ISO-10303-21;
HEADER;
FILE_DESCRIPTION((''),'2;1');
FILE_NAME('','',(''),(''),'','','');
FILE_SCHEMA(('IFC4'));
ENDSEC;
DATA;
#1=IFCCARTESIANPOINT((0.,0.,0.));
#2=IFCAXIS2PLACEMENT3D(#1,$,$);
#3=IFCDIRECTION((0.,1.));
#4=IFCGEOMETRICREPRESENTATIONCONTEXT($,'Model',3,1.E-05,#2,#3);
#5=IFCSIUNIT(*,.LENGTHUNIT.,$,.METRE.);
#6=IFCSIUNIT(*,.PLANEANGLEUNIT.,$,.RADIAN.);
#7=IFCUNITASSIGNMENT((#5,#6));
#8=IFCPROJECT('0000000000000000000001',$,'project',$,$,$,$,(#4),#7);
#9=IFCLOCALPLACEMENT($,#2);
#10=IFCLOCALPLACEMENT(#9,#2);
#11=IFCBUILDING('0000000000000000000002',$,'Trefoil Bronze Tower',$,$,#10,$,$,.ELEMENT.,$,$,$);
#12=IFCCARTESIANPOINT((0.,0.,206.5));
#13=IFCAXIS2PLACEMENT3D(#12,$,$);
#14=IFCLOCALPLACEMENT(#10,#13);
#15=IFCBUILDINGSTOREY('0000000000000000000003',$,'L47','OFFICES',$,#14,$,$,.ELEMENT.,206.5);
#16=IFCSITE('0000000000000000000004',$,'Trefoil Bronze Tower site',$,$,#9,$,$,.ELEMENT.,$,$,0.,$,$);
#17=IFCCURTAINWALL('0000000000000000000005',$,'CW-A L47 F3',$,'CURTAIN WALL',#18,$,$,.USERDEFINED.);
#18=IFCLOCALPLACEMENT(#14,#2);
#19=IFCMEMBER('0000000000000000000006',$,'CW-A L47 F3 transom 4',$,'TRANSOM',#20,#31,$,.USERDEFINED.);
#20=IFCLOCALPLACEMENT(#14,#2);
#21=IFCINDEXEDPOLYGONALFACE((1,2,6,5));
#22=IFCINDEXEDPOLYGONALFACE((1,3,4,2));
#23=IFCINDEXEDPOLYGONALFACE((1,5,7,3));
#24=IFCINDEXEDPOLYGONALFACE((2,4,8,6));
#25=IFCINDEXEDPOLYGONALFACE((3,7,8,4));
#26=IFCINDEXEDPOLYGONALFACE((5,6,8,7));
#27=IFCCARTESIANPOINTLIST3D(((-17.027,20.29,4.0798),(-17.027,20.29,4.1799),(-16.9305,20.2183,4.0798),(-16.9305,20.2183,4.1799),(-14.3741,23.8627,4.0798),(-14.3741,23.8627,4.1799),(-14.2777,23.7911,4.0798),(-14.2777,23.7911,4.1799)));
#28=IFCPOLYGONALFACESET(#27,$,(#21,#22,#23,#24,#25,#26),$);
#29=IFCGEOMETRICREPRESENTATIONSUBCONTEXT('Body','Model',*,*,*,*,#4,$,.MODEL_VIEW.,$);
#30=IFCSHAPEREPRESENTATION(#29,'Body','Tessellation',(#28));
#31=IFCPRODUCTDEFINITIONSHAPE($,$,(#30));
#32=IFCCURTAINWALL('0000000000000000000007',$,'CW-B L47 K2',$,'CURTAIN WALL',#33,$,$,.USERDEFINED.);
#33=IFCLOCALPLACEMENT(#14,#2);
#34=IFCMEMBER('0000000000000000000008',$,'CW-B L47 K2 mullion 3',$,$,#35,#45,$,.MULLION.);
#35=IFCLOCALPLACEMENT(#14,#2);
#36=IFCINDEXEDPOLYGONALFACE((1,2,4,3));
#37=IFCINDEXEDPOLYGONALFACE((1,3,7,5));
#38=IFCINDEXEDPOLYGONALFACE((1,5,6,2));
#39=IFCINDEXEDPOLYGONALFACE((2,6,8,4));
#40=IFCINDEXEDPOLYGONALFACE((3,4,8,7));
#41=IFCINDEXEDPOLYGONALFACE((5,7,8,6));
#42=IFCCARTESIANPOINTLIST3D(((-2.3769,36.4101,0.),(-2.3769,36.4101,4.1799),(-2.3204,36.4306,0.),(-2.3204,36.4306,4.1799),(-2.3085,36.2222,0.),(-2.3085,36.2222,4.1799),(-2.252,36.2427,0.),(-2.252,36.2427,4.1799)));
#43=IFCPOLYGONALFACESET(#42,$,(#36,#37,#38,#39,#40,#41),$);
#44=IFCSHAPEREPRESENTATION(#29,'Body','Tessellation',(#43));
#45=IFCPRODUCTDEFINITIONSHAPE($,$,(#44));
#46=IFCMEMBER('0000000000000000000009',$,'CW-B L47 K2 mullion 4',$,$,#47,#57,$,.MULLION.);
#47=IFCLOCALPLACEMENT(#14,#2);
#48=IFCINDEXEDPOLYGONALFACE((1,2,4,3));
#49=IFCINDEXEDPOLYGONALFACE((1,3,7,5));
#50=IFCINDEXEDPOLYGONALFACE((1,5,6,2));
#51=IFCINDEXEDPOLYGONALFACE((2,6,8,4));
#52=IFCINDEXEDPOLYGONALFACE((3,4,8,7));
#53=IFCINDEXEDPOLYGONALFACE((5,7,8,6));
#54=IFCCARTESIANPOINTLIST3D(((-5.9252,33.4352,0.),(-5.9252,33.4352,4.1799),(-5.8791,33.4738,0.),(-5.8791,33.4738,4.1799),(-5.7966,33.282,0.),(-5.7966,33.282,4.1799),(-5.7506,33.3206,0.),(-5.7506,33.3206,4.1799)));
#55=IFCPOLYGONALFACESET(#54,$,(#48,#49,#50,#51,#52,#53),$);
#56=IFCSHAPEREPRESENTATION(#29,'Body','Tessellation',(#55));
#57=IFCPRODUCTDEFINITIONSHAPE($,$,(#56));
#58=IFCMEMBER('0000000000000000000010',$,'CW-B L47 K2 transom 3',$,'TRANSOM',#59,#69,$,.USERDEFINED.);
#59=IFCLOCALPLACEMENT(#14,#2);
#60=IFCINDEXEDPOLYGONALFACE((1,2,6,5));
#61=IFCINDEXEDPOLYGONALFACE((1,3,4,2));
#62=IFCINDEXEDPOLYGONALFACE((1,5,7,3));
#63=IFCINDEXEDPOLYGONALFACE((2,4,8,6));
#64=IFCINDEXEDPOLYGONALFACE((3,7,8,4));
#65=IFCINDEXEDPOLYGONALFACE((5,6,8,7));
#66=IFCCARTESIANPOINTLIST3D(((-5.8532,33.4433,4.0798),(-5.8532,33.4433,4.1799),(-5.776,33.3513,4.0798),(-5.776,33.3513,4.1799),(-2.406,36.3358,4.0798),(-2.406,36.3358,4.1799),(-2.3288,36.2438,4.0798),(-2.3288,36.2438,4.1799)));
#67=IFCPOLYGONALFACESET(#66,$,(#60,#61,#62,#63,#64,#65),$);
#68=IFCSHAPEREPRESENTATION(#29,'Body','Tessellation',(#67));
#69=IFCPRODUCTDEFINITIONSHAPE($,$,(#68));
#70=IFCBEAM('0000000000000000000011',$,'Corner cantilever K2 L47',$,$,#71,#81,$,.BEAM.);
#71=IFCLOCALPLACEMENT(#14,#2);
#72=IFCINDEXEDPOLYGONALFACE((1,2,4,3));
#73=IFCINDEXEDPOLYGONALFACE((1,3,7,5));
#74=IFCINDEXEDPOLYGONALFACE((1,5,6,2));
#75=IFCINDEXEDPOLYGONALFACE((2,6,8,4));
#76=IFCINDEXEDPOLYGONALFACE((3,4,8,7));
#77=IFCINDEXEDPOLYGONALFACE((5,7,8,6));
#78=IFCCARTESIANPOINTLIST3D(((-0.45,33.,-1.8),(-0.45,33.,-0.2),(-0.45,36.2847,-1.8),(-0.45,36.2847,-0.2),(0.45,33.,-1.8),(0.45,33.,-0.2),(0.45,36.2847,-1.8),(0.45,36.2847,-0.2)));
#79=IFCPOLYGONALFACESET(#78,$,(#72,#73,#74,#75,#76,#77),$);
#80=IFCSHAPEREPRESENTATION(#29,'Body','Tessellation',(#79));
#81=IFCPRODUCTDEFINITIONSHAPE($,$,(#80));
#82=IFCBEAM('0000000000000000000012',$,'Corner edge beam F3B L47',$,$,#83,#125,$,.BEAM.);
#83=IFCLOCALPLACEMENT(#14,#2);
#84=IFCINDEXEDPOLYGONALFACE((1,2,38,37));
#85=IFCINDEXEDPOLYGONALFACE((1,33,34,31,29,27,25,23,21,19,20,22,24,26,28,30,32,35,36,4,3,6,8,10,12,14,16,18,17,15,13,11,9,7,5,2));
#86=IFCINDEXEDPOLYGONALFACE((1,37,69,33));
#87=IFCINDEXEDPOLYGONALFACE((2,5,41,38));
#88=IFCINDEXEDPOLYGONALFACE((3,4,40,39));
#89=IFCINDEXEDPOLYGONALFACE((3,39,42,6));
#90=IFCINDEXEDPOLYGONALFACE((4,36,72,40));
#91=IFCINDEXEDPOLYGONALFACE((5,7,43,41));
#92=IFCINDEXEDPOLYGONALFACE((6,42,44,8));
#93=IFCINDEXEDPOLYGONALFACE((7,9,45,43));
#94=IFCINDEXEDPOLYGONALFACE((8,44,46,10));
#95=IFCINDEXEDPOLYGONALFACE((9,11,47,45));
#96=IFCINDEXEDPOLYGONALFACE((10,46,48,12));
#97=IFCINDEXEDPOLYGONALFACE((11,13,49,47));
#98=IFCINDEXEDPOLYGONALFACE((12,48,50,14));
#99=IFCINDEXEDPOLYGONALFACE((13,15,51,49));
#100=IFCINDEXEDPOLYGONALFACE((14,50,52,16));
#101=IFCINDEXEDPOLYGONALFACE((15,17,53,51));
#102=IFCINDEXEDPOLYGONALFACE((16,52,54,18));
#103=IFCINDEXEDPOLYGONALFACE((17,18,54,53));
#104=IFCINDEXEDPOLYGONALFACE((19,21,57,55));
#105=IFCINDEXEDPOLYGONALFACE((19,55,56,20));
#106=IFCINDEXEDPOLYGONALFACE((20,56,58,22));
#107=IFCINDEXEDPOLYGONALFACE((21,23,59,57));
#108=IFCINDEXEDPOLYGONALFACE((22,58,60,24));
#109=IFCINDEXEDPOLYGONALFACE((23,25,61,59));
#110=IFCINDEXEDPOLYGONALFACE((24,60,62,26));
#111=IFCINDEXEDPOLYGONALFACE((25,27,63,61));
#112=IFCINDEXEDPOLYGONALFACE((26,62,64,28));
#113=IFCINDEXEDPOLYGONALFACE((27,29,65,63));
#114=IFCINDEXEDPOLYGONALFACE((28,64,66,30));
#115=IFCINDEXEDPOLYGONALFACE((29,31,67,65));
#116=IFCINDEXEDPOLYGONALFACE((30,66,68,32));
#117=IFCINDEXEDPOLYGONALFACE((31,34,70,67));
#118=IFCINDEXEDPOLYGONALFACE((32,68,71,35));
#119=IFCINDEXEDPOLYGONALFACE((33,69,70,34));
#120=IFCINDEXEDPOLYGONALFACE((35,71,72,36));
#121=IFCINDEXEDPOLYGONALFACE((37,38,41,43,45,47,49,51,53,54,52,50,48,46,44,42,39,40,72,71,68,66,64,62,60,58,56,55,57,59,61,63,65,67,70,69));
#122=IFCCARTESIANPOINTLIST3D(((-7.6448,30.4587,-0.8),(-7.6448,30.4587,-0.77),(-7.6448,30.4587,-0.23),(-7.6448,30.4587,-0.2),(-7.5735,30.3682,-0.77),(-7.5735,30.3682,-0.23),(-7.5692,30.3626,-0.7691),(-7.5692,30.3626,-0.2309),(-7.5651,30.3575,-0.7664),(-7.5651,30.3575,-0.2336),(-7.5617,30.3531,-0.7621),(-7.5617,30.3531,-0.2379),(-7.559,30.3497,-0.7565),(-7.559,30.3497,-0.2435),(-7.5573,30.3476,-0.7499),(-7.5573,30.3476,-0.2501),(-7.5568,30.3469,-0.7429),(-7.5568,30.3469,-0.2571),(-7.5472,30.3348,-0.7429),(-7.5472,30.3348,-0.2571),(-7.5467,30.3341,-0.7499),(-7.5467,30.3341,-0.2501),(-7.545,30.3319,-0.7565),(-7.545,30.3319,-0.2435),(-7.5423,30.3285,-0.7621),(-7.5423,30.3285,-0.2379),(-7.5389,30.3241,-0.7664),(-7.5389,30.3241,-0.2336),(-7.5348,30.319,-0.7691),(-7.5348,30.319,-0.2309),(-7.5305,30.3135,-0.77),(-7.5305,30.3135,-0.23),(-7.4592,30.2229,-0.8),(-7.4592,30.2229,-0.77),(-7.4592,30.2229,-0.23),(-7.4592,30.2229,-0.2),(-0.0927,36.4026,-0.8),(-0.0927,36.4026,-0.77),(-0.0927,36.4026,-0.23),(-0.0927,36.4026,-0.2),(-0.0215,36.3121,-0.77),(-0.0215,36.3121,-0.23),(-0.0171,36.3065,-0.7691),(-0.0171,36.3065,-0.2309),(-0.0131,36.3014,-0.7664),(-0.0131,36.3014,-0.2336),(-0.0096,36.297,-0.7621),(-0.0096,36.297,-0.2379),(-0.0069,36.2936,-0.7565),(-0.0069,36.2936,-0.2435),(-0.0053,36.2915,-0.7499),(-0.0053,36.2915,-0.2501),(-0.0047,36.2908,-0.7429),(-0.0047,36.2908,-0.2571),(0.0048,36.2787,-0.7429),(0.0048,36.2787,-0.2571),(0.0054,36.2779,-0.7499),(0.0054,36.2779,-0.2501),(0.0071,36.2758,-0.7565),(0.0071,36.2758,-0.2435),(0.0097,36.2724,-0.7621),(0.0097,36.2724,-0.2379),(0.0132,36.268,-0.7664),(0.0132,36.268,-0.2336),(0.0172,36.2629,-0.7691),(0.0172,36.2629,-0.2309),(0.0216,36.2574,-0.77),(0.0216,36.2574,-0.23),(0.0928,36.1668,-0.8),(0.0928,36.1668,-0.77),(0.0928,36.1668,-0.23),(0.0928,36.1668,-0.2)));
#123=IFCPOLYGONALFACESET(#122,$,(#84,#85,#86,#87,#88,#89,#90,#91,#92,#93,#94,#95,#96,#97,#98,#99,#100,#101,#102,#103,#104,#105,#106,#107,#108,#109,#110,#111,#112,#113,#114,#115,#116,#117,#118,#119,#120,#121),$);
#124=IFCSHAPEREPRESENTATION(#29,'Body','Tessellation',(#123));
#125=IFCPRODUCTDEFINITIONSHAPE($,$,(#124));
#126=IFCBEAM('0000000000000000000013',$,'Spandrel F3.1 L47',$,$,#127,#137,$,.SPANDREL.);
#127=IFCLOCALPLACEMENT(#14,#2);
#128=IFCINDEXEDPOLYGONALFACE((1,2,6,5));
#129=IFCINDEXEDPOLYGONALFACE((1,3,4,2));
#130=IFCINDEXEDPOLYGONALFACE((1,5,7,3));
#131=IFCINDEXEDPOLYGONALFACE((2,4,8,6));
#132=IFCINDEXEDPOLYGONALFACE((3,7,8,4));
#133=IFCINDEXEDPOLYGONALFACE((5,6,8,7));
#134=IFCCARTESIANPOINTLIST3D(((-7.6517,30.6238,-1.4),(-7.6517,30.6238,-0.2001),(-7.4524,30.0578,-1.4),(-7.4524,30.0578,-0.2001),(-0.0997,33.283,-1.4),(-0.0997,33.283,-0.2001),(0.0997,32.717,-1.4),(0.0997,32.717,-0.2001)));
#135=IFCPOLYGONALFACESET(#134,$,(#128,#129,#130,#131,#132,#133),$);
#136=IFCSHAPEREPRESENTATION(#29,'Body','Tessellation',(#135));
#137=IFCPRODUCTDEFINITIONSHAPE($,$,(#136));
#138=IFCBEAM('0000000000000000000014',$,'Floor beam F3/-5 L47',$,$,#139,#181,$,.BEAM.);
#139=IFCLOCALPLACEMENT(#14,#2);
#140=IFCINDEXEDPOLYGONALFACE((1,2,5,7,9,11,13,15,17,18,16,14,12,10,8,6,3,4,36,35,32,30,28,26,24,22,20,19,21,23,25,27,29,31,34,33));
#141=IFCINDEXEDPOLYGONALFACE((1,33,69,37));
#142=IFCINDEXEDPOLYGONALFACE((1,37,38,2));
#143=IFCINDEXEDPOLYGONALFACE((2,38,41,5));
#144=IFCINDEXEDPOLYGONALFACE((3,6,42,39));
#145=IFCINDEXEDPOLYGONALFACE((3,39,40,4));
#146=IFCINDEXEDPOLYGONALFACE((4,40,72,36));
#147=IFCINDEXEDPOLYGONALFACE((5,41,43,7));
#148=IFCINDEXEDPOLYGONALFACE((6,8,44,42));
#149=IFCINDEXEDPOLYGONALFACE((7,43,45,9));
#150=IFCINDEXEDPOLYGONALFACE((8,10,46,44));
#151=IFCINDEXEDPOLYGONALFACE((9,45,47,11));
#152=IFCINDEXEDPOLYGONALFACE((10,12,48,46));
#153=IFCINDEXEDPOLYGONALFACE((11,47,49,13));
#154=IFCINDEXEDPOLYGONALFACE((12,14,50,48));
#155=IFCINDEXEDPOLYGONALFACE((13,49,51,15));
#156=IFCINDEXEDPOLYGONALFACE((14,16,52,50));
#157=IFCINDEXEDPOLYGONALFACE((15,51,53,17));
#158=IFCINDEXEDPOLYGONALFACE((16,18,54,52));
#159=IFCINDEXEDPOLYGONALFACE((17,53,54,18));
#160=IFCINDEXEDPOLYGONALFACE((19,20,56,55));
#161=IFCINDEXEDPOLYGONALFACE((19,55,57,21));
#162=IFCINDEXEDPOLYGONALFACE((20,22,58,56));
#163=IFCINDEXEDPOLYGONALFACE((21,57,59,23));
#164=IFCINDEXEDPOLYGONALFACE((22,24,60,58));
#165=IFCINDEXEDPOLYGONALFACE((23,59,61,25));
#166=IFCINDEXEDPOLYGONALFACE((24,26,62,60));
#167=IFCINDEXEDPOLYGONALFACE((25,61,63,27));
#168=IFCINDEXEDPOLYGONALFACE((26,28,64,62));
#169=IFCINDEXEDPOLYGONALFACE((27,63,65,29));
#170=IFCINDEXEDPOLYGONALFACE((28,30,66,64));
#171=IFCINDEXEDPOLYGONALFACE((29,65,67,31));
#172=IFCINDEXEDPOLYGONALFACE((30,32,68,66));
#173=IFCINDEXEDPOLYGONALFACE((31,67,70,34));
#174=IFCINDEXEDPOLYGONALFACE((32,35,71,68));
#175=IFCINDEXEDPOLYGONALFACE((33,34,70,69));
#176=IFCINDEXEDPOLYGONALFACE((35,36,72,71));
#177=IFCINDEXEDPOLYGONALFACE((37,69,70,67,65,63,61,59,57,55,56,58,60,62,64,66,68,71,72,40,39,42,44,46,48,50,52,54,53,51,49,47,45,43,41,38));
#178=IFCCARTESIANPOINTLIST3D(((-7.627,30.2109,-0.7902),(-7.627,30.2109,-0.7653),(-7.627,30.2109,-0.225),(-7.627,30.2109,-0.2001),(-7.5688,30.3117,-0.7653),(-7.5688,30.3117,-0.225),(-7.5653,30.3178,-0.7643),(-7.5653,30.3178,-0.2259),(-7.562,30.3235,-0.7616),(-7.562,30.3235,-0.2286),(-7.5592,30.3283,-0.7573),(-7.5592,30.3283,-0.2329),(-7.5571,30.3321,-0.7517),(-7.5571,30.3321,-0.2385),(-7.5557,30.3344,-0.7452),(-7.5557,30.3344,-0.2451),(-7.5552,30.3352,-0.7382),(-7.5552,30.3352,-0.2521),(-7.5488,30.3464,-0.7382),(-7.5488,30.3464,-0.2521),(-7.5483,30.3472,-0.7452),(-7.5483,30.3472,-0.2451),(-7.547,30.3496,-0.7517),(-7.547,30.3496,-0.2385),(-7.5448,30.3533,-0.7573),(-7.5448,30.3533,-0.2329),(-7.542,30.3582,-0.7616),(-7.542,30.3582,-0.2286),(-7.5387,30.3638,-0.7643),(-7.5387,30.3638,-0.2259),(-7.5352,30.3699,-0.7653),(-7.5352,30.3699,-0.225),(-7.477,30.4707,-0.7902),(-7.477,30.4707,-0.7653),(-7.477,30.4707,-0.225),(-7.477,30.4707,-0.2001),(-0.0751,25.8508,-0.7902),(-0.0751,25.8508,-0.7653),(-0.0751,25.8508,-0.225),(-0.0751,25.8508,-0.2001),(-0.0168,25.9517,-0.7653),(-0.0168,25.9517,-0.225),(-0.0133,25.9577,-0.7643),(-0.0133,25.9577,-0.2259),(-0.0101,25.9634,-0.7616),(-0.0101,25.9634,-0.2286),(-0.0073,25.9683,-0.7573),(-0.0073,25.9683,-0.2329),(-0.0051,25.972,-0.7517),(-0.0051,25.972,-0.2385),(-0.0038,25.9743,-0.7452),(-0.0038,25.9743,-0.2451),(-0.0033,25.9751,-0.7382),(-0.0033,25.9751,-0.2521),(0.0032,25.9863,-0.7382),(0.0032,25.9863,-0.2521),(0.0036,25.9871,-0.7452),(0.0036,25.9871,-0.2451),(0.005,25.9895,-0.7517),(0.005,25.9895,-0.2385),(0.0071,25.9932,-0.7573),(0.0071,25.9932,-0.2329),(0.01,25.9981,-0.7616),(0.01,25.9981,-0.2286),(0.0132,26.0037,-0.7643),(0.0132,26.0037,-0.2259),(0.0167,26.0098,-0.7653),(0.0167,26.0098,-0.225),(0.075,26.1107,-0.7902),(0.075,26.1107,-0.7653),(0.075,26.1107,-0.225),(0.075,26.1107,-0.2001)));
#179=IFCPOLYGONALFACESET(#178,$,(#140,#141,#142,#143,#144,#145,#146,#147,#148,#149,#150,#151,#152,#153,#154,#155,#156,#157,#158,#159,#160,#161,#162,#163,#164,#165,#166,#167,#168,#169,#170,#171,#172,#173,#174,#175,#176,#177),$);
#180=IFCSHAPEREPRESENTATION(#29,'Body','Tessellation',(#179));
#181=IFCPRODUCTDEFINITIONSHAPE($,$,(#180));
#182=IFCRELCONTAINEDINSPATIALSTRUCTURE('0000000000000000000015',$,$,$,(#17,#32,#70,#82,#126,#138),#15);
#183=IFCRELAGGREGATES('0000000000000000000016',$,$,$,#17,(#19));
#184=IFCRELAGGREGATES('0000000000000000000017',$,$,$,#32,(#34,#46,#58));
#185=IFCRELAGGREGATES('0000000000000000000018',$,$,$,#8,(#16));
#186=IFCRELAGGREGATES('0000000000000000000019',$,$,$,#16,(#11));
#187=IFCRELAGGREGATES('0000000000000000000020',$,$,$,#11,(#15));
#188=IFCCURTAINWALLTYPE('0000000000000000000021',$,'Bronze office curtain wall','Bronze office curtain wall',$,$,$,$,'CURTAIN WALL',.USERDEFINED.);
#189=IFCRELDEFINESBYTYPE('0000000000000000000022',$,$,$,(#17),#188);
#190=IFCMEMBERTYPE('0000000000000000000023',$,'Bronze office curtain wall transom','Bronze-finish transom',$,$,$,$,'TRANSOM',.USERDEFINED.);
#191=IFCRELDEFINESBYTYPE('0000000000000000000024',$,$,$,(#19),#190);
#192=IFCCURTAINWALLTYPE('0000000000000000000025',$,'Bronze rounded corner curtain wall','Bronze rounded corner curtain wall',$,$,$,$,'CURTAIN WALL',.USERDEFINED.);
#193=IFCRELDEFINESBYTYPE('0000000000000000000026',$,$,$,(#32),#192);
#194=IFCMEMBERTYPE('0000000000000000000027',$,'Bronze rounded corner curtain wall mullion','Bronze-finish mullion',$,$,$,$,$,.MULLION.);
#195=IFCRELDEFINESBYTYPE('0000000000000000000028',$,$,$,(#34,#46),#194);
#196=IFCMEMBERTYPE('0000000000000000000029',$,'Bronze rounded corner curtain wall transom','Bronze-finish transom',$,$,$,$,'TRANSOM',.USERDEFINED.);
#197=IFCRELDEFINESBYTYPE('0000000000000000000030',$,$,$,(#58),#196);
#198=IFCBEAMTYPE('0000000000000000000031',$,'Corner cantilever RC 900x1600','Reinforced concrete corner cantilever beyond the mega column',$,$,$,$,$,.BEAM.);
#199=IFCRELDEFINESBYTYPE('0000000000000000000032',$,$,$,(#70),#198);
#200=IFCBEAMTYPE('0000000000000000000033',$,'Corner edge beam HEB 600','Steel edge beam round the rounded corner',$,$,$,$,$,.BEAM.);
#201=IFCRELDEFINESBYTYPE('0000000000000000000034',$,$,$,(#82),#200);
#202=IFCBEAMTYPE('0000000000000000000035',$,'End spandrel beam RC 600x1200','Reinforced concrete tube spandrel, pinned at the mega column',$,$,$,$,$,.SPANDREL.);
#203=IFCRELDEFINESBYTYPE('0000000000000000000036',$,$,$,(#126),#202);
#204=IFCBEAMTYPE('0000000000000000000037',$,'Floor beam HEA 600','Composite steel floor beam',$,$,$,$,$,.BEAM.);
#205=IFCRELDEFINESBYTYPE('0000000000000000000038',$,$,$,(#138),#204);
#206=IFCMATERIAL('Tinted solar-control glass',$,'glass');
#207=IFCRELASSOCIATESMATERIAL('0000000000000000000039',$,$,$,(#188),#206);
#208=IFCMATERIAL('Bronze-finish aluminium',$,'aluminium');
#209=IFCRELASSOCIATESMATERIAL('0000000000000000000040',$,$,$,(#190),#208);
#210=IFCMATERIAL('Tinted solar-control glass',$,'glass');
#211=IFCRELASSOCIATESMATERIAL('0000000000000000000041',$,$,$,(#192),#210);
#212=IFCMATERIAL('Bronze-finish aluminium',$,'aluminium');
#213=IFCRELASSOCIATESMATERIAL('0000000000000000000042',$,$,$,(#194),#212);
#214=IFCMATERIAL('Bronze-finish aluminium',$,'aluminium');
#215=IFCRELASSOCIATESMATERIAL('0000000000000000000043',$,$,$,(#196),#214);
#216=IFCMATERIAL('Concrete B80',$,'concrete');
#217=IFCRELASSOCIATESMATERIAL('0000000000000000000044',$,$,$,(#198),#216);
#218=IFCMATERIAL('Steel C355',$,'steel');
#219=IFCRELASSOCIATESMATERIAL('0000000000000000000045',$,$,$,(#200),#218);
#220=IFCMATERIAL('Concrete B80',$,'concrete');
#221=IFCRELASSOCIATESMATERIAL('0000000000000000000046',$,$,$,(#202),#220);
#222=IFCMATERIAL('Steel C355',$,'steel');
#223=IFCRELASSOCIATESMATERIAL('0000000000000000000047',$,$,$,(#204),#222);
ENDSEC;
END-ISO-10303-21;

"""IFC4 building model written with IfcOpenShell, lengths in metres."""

from ifc_helpers import new_model, si_unit, direction, frame, origin, origin_2d, place, context, subcontext, project, spatial, rectangle, i_section, extrude, material, material_profile, profile_set, type_object, element, aggregate, save


model = new_model("IFC4")

# Units and contexts
model_context = context("Model", 3, precision=1e-05, world=origin(), true_north=direction((0.0, 1.0)))
body_context = subcontext(model_context, "Body", "Model", "MODEL_VIEW")
ifc_project = project(units=[si_unit("LENGTHUNIT", "METRE"), si_unit("PLANEANGLEUNIT", "RADIAN")], contexts=[model_context])

# Site, building, storey
site_placement = place(None, origin())
site = spatial("IfcSite", under=ifc_project, at=site_placement, Name="Trefoil Bronze Tower site", CompositionType="ELEMENT", RefElevation=0.0)
building_placement = place(site_placement, origin())
building = spatial("IfcBuilding", under=site, at=building_placement, Name="Trefoil Bronze Tower", CompositionType="ELEMENT")
storey_placement = place(building_placement, frame((0.0, 0.0, 206.5)))
storey = spatial("IfcBuildingStorey", under=building, at=storey_placement, Name="L47", Description="OFFICES", CompositionType="ELEMENT", Elevation=206.5)

# Curtain walls, members
ifc_material_1 = material(Name="Tinted solar-control glass", Category="glass")
curtain_wall_type_1 = type_object("IfcCurtainWallType", Name="Bronze office curtain wall", Description="Bronze office curtain wall", ElementType="CURTAIN WALL", PredefinedType="USERDEFINED", material=ifc_material_1)
curtain_wall_1_placement = place(storey_placement, origin())
curtain_wall_1 = element("IfcCurtainWall", 1, at=curtain_wall_1_placement, inside=storey, type_object=curtain_wall_type_1, Name="CW-A L47 F3", ObjectType="CURTAIN WALL", PredefinedType="USERDEFINED")
ifc_material_2 = material(Name="Bronze-finish aluminium", Category="aluminium")
ifc_material_profile_1 = material_profile(ifc_material_2, rectangle(XDim=0.1201, YDim=0.1001, at=origin_2d()), Name="CW-A transom")
ifc_profile_set_1 = profile_set([ifc_material_profile_1], Name="Bronze-finish aluminium")
member_type_1 = type_object("IfcMemberType", Name="Bronze office curtain wall transom", Description="Bronze-finish transom", ElementType="TRANSOM", PredefinedType="USERDEFINED", material=ifc_profile_set_1)
member_1_placement = place(storey_placement, frame((-14.3259, 23.8269, 4.1299), z_axis=(-0.596148, -0.802874, 0.0), x_axis=(0.802874, -0.596148, 0.0)))
member_1 = element("IfcMember", 2, at=member_1_placement, type_object=member_type_1, Name="CW-A L47 F3 transom 4", ObjectType="TRANSOM", PredefinedType="USERDEFINED", context=body_context, shape_type="SweptSolid", body=[
    extrude(rectangle(XDim=0.1201, YDim=0.1001, at=origin_2d()), origin(), (0.0, 0.0, 1.0), 4.45),
])
ifc_material_3 = material(Name="Tinted solar-control glass", Category="glass")
curtain_wall_type_2 = type_object("IfcCurtainWallType", Name="Bronze rounded corner curtain wall", Description="Bronze rounded corner curtain wall", ElementType="CURTAIN WALL", PredefinedType="USERDEFINED", material=ifc_material_3)
curtain_wall_2_placement = place(storey_placement, origin())
curtain_wall_2 = element("IfcCurtainWall", 3, at=curtain_wall_2_placement, inside=storey, type_object=curtain_wall_type_2, Name="CW-B L47 K2", ObjectType="CURTAIN WALL", PredefinedType="USERDEFINED")
ifc_material_4 = material(Name="Bronze-finish aluminium", Category="aluminium")
ifc_material_profile_2 = material_profile(ifc_material_4, rectangle(XDim=0.2, YDim=0.0601, at=origin_2d()), Name="CW-B mullion")
ifc_profile_set_2 = profile_set([ifc_material_profile_2], Name="Bronze-finish aluminium")
member_type_2 = type_object("IfcMemberType", Name="Bronze rounded corner curtain wall mullion", Description="Bronze-finish mullion", PredefinedType="MULLION", material=ifc_profile_set_2)
member_2_placement = place(storey_placement, frame((-2.3145, 36.3264, 0.0), z_axis=(0.0, 0.0, 1.0), x_axis=(0.34202, -0.939693, 0.0)))
member_2 = element("IfcMember", 4, at=member_2_placement, type_object=member_type_2, Name="CW-B L47 K2 mullion 3", PredefinedType="MULLION", context=body_context, shape_type="SweptSolid", body=[
    extrude(rectangle(XDim=0.2, YDim=0.0601, at=origin_2d()), origin(), (0.0, 0.0, 1.0), 4.1799),
])
member_3_placement = place(storey_placement, frame((-5.8379, 33.3779, 0.0), z_axis=(0.0, 0.0, 1.0), x_axis=(0.642788, -0.766044, 0.0)))
member_3 = element("IfcMember", 5, at=member_3_placement, type_object=member_type_2, Name="CW-B L47 K2 mullion 4", PredefinedType="MULLION", context=body_context, shape_type="SweptSolid", body=[
    extrude(rectangle(XDim=0.2, YDim=0.0601, at=origin_2d()), origin(), (0.0, 0.0, 1.0), 4.1799),
])
ifc_material_5 = material(Name="Bronze-finish aluminium", Category="aluminium")
ifc_material_profile_3 = material_profile(ifc_material_5, rectangle(XDim=0.1201, YDim=0.1001, at=origin_2d()), Name="CW-B transom")
ifc_profile_set_3 = profile_set([ifc_material_profile_3], Name="Bronze-finish aluminium")
member_type_3 = type_object("IfcMemberType", Name="Bronze rounded corner curtain wall transom", Description="Bronze-finish transom", ElementType="TRANSOM", PredefinedType="USERDEFINED", material=ifc_profile_set_3)
member_4_placement = place(storey_placement, frame((-2.3674, 36.2898, 4.1299), z_axis=(-0.766047, -0.642785, 0.0), x_axis=(0.642785, -0.766047, 0.0)))
member_4 = element("IfcMember", 6, at=member_4_placement, type_object=member_type_3, Name="CW-B L47 K2 transom 3", ObjectType="TRANSOM", PredefinedType="USERDEFINED", context=body_context, shape_type="SweptSolid", body=[
    extrude(rectangle(XDim=0.1201, YDim=0.1001, at=origin_2d()), origin(), (0.0, 0.0, 1.0), 4.5),
])

# Beams
ifc_material_6 = material(Name="Concrete B80", Category="concrete")
ifc_material_profile_4 = material_profile(ifc_material_6, rectangle(XDim=0.8999, YDim=1.6001, at=origin_2d()), Name="RC 900x1600")
ifc_profile_set_4 = profile_set([ifc_material_profile_4], Name="Concrete B80")
beam_type_1 = type_object("IfcBeamType", Name="Corner cantilever RC 900x1600", Description="Reinforced concrete corner cantilever beyond the mega column", PredefinedType="BEAM", material=ifc_profile_set_4)
beam_1_placement = place(storey_placement, frame((0.0, 33.0, -1.0), z_axis=(0.0, 1.0, 0.0), x_axis=(-1.0, 0.0, 0.0)))
element("IfcBeam", 7, at=beam_1_placement, inside=storey, type_object=beam_type_1, Name="Corner cantilever K2 L47", PredefinedType="BEAM", context=body_context, shape_type="SweptSolid", body=[
    extrude(rectangle(XDim=0.8999, YDim=1.6001, at=origin_2d()), origin(), (0.0, 0.0, 1.0), 3.2847),
])
ifc_material_7 = material(Name="Steel C355", Category="steel")
ifc_material_profile_5 = material_profile(ifc_material_7, i_section(OverallWidth=0.3, OverallDepth=0.6001, WebThickness=0.0154, FlangeThickness=0.03, FilletRadius=0.0271, at=origin_2d()), Name="HEB 600")
ifc_profile_set_5 = profile_set([ifc_material_profile_5], Name="Steel C355")
beam_type_2 = type_object("IfcBeamType", Name="Corner edge beam HEB 600", Description="Steel edge beam round the rounded corner", PredefinedType="BEAM", material=ifc_profile_set_5)
beam_2_placement = place(storey_placement, frame((-7.552, 30.3408, -0.5), z_axis=(0.785806, 0.618473, 0.0), x_axis=(-0.618473, 0.785806, 0.0)))
element("IfcBeam", 8, at=beam_2_placement, inside=storey, type_object=beam_type_2, Name="Corner edge beam F3B L47", PredefinedType="BEAM", context=body_context, shape_type="SweptSolid", body=[
    extrude(i_section(OverallWidth=0.3, OverallDepth=0.6001, WebThickness=0.0154, FlangeThickness=0.03, FilletRadius=0.0271, at=origin_2d()), origin(), (0.0, 0.0, 1.0), 9.6106),
])
ifc_material_8 = material(Name="Concrete B80", Category="concrete")
ifc_material_profile_6 = material_profile(ifc_material_8, rectangle(XDim=0.6001, YDim=1.2, at=origin_2d()), Name="RC 600x1200")
ifc_profile_set_6 = profile_set([ifc_material_profile_6], Name="Concrete B80")
beam_type_3 = type_object("IfcBeamType", Name="End spandrel beam RC 600x1200", Description="Reinforced concrete tube spandrel, pinned at the mega column", PredefinedType="SPANDREL", material=ifc_profile_set_6)
beam_3_placement = place(storey_placement, frame((0.0, 33.0, -0.8), z_axis=(-0.943234, -0.332128, 0.0), x_axis=(0.332128, -0.943234, 0.0)))
element("IfcBeam", 9, at=beam_3_placement, inside=storey, type_object=beam_type_3, Name="Spandrel F3.1 L47", PredefinedType="SPANDREL", context=body_context, shape_type="SweptSolid", body=[
    extrude(rectangle(XDim=0.6001, YDim=1.2, at=origin_2d()), origin(), (0.0, 0.0, 1.0), 8.0066),
])
ifc_material_9 = material(Name="Steel C355", Category="steel")
ifc_material_profile_7 = material_profile(ifc_material_9, i_section(OverallWidth=0.3, OverallDepth=0.5901, WebThickness=0.0129, FlangeThickness=0.0249, FilletRadius=0.0271, at=origin_2d()), Name="HEA 600")
ifc_profile_set_7 = profile_set([ifc_material_profile_7], Name="Steel C355")
beam_type_4 = type_object("IfcBeamType", Name="Floor beam HEA 600", Description="Composite steel floor beam", PredefinedType="BEAM", material=ifc_profile_set_7)
beam_4_placement = place(storey_placement, frame((-7.552, 30.3408, -0.4951), z_axis=(0.866028, -0.499996, 0.0), x_axis=(0.499996, 0.866028, 0.0)))
element("IfcBeam", 10, at=beam_4_placement, inside=storey, type_object=beam_type_4, Name="Floor beam F3/-5 L47", PredefinedType="BEAM", context=body_context, shape_type="SweptSolid", body=[
    extrude(i_section(OverallWidth=0.3, OverallDepth=0.5901, WebThickness=0.0129, FlangeThickness=0.0249, FilletRadius=0.0271, at=origin_2d()), origin(), (0.0, 0.0, 1.0), 8.7202),
])

aggregate(curtain_wall_1, [member_1])
aggregate(curtain_wall_2, [member_2, member_3, member_4])

save(model, "model.ifc")
